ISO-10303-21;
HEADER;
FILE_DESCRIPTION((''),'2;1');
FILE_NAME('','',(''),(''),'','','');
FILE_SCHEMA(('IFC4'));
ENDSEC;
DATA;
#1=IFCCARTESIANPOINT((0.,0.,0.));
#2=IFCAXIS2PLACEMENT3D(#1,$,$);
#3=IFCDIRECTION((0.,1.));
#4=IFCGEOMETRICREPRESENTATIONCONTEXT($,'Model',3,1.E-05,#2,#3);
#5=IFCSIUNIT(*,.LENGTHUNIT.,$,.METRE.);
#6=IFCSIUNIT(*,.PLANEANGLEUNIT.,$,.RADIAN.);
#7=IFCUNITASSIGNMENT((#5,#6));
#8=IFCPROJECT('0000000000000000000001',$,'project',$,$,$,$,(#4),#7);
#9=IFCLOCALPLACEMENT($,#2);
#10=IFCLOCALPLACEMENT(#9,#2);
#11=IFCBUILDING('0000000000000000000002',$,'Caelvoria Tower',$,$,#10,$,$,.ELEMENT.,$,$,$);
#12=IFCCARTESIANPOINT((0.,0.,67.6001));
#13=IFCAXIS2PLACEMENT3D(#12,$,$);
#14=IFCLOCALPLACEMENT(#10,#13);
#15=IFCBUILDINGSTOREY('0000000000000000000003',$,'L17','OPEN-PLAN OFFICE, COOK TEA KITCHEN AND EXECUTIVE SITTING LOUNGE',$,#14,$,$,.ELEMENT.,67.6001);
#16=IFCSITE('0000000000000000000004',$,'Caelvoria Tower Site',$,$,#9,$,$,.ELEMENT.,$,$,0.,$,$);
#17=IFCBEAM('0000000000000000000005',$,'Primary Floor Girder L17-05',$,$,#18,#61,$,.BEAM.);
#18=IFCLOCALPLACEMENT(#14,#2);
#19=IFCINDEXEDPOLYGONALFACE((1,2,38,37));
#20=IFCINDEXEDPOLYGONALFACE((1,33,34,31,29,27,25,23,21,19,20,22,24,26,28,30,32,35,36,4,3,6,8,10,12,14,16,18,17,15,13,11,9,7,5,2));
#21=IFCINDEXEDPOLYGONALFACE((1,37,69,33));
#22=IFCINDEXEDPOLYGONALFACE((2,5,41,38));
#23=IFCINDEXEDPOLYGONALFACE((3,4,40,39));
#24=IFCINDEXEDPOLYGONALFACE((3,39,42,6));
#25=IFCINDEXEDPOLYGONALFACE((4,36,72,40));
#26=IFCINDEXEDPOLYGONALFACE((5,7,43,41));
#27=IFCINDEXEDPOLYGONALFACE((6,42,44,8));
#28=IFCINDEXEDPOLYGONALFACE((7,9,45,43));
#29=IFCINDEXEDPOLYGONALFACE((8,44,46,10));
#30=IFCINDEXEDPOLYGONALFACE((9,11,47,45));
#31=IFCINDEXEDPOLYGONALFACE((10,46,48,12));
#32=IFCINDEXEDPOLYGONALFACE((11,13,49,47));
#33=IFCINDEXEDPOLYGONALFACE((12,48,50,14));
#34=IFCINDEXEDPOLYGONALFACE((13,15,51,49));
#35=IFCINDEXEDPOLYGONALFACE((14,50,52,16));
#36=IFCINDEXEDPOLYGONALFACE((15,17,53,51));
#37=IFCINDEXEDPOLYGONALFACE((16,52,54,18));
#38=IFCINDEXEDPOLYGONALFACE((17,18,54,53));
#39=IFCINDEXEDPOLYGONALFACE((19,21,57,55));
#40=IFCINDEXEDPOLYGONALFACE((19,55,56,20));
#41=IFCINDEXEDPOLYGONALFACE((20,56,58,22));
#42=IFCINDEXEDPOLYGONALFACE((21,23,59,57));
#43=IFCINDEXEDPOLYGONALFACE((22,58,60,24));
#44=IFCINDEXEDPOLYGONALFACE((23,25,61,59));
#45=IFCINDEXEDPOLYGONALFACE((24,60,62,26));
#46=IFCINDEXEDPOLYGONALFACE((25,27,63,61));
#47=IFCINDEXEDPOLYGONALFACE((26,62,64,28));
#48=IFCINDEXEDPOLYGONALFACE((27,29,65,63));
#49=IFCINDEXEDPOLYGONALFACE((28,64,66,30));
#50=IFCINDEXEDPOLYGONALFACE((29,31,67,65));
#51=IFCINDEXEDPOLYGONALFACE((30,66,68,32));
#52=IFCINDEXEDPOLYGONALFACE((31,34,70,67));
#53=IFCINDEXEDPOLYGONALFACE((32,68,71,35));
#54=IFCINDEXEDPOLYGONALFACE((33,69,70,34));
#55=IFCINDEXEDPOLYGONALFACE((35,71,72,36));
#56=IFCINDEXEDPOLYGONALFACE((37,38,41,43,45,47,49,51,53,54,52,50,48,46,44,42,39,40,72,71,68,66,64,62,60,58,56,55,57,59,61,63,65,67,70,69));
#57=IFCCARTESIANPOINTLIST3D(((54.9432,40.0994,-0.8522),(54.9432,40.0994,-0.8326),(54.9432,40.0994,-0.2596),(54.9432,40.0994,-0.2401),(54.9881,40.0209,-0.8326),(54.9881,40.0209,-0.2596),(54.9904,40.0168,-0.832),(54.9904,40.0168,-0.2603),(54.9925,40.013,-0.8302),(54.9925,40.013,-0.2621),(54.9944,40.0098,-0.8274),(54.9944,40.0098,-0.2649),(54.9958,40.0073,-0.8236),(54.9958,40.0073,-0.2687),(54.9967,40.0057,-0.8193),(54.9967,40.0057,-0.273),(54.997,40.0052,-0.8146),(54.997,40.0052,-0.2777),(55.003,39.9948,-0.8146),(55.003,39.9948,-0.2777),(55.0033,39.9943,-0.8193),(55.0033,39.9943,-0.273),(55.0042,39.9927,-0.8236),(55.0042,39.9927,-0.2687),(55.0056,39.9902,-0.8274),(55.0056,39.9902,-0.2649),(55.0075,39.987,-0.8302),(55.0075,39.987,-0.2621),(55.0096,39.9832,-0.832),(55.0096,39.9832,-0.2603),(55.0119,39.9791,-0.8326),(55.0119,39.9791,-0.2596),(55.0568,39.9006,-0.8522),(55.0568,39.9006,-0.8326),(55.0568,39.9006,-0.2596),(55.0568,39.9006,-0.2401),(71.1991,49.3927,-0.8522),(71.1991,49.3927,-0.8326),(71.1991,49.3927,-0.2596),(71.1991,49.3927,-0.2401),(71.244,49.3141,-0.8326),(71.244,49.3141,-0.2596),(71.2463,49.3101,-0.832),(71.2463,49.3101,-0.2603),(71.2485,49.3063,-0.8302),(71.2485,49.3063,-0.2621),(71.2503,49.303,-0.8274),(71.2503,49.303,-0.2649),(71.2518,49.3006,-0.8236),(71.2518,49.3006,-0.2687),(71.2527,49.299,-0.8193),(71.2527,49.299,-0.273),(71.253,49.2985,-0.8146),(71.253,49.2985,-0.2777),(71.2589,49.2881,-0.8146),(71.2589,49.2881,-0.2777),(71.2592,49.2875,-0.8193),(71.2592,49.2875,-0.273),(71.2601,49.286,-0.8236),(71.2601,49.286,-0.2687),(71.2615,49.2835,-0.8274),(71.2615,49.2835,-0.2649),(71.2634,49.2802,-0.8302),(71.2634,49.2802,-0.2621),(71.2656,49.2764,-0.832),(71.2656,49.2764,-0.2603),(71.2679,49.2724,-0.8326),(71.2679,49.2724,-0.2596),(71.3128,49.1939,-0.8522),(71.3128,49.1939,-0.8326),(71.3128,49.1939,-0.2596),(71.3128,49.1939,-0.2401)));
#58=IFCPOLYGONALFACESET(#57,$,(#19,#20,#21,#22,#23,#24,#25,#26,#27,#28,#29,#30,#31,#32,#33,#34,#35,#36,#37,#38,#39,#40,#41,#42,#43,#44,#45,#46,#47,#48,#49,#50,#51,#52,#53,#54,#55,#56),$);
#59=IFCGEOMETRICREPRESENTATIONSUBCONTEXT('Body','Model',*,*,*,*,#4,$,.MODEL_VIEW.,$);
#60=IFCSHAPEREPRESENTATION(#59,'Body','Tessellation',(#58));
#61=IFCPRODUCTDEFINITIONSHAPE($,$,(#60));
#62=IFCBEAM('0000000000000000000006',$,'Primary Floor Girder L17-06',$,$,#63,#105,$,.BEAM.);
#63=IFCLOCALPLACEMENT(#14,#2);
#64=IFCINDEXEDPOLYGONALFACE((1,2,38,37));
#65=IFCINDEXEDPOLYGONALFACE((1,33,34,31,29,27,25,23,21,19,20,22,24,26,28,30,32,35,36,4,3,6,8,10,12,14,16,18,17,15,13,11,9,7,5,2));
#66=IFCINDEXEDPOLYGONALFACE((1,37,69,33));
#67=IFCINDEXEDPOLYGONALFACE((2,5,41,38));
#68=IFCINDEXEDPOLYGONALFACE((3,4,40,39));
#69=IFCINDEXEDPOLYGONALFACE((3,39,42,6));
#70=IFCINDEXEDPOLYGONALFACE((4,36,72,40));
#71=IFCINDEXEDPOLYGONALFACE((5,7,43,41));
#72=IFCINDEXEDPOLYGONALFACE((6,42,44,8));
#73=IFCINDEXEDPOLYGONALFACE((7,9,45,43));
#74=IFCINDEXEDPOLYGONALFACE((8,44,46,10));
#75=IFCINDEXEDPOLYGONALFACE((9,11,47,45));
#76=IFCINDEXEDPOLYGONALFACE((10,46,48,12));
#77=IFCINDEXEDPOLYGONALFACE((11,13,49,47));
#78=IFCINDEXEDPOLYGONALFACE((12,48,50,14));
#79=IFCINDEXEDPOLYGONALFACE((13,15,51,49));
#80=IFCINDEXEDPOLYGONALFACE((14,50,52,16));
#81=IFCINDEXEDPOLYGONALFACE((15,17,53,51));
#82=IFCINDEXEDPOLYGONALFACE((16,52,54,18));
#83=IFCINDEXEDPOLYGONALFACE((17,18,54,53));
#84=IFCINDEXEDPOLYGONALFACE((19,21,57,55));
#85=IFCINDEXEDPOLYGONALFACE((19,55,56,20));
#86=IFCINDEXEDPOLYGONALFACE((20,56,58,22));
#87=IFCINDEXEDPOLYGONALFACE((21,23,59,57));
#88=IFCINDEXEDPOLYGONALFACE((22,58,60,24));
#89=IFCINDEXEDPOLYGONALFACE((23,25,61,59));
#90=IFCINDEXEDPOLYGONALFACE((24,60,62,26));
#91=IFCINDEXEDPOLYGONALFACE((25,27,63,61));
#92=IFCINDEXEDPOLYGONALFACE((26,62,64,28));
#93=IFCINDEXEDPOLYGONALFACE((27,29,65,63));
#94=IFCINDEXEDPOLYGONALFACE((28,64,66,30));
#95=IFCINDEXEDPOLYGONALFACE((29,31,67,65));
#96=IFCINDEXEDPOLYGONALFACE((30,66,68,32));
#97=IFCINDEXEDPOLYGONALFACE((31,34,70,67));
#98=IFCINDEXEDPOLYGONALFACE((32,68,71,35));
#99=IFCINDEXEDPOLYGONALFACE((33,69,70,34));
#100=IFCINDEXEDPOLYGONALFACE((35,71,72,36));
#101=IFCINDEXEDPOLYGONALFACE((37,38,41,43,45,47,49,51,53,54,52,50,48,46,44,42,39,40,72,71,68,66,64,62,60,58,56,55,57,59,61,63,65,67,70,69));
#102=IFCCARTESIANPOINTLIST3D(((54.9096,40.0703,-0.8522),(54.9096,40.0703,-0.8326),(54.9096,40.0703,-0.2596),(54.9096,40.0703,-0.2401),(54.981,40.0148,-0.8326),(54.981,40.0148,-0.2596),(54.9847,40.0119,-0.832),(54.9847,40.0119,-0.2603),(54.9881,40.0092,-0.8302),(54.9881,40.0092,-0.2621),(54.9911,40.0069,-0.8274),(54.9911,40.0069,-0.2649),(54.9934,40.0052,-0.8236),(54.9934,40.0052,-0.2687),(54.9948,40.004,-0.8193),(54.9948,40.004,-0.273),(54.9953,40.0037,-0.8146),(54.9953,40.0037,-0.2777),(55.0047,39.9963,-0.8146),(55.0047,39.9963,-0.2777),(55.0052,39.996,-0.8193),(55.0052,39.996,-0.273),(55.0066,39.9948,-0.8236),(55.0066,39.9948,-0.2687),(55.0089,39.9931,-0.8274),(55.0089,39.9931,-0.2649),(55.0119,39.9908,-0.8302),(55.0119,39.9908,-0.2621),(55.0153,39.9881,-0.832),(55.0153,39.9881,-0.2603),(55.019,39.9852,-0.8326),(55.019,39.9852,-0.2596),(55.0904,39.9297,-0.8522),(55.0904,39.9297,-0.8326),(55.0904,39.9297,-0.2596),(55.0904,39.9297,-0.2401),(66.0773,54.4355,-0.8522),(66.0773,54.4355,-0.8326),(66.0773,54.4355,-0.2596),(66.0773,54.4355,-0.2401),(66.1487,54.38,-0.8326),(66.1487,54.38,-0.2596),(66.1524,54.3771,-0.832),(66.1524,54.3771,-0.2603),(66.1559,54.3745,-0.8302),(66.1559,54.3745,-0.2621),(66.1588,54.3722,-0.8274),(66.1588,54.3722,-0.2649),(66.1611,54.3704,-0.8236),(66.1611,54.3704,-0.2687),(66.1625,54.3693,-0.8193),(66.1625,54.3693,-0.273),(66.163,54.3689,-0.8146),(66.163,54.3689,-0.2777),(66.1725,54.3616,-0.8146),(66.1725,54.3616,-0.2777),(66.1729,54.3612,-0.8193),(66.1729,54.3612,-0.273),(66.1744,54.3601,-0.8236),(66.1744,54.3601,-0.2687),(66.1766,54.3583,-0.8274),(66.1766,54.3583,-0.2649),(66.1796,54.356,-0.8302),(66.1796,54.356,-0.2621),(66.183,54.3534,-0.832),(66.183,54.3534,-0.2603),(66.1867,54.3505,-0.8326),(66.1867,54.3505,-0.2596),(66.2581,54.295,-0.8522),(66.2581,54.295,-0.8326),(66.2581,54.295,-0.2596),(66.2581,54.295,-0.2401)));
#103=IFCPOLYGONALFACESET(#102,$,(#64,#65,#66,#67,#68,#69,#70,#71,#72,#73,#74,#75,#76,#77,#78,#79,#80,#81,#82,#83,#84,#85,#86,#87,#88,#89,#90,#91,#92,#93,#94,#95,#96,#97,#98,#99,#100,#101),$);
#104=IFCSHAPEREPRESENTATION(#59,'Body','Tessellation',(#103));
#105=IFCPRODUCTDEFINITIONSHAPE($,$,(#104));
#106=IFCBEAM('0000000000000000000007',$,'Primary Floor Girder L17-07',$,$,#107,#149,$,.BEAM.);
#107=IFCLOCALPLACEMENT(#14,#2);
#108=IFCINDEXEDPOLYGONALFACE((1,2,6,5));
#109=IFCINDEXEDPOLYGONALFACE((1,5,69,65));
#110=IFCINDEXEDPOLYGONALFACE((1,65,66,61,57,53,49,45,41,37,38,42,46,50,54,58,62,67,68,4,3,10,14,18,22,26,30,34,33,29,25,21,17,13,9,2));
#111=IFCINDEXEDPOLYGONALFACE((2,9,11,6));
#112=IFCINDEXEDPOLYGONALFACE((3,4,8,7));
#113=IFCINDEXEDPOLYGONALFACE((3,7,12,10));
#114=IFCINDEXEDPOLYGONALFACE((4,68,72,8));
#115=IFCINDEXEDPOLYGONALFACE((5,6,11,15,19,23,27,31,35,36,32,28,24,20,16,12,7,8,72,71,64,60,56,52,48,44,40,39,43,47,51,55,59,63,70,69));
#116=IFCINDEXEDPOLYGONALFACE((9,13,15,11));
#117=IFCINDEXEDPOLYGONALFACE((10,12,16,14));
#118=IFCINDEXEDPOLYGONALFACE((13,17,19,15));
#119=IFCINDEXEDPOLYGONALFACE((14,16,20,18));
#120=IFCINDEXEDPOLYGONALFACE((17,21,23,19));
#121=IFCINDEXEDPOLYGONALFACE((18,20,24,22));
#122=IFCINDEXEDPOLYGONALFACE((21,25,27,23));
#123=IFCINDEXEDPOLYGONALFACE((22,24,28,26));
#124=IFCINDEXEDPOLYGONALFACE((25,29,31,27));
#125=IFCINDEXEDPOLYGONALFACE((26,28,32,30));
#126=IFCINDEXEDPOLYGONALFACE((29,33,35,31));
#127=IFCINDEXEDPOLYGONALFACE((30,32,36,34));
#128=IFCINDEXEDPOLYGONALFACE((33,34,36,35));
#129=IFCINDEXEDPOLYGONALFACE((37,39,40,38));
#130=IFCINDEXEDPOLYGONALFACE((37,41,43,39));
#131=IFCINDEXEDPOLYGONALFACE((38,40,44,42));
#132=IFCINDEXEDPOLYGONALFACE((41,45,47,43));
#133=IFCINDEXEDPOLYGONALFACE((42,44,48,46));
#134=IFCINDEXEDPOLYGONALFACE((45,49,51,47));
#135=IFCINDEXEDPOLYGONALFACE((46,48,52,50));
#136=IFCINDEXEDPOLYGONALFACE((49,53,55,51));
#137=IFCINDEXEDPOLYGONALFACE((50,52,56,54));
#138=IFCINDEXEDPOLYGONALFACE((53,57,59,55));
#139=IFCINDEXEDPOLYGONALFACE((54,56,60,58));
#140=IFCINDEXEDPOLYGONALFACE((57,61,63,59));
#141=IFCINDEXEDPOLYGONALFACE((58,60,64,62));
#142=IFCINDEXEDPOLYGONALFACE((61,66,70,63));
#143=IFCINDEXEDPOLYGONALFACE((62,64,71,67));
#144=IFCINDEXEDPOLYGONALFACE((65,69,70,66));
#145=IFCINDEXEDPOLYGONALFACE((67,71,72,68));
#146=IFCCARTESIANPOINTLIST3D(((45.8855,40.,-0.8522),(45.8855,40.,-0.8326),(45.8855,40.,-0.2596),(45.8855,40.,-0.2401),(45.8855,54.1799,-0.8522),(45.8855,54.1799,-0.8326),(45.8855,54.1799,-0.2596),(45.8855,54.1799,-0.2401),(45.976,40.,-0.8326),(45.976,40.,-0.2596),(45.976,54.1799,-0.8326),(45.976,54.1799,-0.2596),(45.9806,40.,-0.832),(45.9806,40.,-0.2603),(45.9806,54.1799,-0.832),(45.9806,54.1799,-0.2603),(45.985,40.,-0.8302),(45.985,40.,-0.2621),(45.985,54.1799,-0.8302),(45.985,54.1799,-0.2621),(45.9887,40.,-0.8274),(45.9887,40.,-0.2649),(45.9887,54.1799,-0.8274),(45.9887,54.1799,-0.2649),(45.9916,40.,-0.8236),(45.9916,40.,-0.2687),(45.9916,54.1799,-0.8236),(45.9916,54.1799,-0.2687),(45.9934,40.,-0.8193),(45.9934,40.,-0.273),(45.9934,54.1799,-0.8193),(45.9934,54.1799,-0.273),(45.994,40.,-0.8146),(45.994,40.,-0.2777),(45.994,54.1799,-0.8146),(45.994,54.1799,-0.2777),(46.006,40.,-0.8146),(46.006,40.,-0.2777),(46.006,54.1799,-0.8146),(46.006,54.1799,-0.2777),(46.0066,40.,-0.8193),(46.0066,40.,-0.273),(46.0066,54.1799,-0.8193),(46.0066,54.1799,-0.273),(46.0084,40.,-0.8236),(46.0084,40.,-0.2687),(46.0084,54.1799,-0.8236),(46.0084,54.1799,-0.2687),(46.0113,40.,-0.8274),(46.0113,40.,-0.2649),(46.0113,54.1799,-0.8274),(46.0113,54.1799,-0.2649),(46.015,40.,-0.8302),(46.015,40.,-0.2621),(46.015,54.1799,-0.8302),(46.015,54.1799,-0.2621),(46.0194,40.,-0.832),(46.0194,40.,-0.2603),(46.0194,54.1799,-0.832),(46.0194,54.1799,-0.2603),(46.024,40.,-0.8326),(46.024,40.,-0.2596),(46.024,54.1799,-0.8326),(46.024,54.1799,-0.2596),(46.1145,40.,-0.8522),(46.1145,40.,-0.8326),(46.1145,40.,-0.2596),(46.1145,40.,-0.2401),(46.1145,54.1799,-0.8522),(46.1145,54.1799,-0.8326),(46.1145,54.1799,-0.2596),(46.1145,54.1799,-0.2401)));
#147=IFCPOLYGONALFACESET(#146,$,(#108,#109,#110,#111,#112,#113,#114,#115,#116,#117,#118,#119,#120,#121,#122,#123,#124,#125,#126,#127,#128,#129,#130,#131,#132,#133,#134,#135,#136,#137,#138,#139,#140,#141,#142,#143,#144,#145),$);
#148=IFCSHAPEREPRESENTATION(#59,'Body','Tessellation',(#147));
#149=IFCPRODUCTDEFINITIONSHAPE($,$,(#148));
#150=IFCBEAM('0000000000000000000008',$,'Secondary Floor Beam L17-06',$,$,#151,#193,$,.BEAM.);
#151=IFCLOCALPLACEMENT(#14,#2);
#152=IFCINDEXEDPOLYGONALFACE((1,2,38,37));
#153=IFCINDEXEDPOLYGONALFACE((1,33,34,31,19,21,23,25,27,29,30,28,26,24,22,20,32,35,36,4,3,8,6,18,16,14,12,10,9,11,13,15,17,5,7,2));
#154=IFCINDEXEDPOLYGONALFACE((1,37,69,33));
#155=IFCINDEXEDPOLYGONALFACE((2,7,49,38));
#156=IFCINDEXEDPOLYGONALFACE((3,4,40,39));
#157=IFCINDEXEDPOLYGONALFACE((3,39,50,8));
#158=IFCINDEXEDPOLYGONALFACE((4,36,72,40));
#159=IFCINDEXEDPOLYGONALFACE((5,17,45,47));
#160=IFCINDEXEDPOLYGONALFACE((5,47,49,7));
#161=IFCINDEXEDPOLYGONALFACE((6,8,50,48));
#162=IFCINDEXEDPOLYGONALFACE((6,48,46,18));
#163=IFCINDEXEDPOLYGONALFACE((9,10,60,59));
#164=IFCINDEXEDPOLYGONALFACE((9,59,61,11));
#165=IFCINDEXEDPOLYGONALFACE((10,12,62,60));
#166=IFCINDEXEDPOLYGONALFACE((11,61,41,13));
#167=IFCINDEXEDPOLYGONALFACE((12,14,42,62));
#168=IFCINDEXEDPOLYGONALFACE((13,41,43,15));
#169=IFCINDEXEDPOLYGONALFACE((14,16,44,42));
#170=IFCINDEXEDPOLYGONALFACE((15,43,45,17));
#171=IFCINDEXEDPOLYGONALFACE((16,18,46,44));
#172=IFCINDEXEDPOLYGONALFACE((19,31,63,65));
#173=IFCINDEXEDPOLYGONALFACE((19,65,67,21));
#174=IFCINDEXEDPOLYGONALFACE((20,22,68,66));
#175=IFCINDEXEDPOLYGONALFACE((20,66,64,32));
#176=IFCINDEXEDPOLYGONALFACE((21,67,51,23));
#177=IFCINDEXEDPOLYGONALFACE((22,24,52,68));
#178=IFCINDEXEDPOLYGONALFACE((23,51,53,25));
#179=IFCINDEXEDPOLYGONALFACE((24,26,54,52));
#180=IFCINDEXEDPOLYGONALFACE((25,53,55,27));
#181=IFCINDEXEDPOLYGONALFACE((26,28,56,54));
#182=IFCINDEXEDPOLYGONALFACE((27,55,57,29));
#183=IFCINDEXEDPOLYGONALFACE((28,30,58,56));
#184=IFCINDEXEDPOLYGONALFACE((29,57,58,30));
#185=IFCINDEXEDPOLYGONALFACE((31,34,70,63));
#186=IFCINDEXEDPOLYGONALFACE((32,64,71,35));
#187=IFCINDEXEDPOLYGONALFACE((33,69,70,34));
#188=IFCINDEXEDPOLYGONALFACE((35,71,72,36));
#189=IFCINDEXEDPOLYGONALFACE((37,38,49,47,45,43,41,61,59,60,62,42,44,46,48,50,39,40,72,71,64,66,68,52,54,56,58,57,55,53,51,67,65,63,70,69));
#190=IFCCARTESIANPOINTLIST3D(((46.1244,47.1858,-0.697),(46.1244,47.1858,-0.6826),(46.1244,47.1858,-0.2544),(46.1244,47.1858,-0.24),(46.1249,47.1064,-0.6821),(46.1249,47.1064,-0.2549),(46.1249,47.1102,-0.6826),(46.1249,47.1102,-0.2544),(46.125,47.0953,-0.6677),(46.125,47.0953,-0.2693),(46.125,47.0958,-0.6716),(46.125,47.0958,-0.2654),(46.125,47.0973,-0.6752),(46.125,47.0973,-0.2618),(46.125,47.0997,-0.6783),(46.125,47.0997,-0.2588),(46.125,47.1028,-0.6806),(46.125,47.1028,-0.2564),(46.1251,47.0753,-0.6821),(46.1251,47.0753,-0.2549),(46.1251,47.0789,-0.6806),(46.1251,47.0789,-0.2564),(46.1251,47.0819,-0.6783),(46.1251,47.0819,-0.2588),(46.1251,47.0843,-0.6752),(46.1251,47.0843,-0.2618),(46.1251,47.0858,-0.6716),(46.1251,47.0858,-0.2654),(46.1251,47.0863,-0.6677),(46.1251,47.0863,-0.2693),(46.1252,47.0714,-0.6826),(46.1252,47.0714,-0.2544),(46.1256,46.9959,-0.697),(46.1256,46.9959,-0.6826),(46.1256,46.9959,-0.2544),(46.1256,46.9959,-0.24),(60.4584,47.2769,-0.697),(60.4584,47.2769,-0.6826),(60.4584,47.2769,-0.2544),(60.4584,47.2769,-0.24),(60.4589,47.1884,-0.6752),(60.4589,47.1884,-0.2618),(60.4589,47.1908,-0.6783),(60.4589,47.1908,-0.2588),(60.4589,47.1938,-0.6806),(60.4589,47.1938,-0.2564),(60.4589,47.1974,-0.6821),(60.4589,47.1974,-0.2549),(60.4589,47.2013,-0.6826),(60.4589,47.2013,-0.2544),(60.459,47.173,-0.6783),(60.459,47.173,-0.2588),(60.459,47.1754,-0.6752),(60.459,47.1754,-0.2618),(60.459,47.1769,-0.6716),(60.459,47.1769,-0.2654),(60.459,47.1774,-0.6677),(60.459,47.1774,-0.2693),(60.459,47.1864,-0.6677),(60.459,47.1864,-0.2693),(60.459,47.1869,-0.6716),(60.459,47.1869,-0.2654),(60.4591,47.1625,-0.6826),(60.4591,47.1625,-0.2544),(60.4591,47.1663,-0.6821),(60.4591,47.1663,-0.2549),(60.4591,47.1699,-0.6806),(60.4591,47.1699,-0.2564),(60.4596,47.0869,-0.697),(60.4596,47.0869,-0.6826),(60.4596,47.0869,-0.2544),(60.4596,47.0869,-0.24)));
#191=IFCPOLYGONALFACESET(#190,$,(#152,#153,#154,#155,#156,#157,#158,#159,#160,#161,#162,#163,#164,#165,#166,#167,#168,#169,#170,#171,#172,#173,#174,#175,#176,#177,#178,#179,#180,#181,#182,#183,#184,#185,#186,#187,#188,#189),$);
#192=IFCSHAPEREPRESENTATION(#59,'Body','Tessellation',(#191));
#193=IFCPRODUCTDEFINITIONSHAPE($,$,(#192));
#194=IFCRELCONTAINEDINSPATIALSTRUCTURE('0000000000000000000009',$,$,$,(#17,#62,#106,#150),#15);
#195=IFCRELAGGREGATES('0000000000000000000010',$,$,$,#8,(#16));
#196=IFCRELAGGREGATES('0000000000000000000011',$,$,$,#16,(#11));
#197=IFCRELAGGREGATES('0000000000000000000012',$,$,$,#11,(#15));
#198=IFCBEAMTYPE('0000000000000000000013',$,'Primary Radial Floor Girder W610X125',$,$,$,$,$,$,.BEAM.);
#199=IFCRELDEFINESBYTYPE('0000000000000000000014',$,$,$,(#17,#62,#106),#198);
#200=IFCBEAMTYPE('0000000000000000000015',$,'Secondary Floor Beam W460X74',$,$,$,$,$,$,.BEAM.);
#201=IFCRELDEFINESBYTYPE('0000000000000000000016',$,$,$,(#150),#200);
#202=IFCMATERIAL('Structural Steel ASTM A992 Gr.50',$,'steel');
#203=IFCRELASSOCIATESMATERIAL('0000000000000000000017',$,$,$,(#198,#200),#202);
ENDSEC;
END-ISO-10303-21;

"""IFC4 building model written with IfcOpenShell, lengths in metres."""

from ifc_helpers import new_model, si_unit, direction, frame, origin, origin_2d, place, context, subcontext, project, spatial, i_section, extrude, material, material_profile, profile_set, type_object, element, save


model = new_model("IFC4")

# Units and contexts
model_context = context("Model", 3, precision=1e-05, world=origin(), true_north=direction((0.0, 1.0)))
body_context = subcontext(model_context, "Body", "Model", "MODEL_VIEW")
ifc_project = project(units=[si_unit("LENGTHUNIT", "METRE"), si_unit("PLANEANGLEUNIT", "RADIAN")], contexts=[model_context])

# Site, building, storey
site_placement = place(None, origin())
site = spatial("IfcSite", under=ifc_project, at=site_placement, Name="Caelvoria Tower Site", CompositionType="ELEMENT", RefElevation=0.0)
building_placement = place(site_placement, origin())
building = spatial("IfcBuilding", under=site, at=building_placement, Name="Caelvoria Tower", CompositionType="ELEMENT")
storey_placement = place(building_placement, frame((0.0, 0.0, 67.6001)))
storey = spatial("IfcBuildingStorey", under=building, at=storey_placement, Name="L17", Description="OPEN-PLAN OFFICE, COOK TEA KITCHEN AND EXECUTIVE SITTING LOUNGE", CompositionType="ELEMENT", Elevation=67.6001)

# Beams
ifc_material_1 = material(Name="Structural Steel ASTM A992 Gr.50", Category="steel")
ifc_material_profile_1 = material_profile(ifc_material_1, i_section(OverallWidth=0.229, OverallDepth=0.6121, WebThickness=0.012, FlangeThickness=0.0195, FilletRadius=0.0181, at=origin_2d()), Name="Structural Steel ASTM A992 Gr.50")
ifc_profile_set_1 = profile_set([ifc_material_profile_1], Name="W610X125 - Structural Steel ASTM A992 Gr.50")
beam_type_1 = type_object("IfcBeamType", Name="Primary Radial Floor Girder W610X125", PredefinedType="BEAM", material=ifc_profile_set_1)
beam_1_placement = place(storey_placement, frame((55.0, 40.0, -0.5461), z_axis=(0.868148, 0.496306, 0.0), x_axis=(-0.496306, 0.868148, 0.0)))
element("IfcBeam", 1, at=beam_1_placement, inside=storey, type_object=beam_type_1, Name="Primary Floor Girder L17-05", PredefinedType="BEAM", context=body_context, shape_type="SweptSolid", body=[
    extrude(i_section(OverallWidth=0.229, OverallDepth=0.6121, WebThickness=0.012, FlangeThickness=0.0195, FilletRadius=0.0181, at=origin_2d()), origin(), (0.0, 0.0, 1.0), 18.7249),
])
beam_2_placement = place(storey_placement, frame((55.0, 40.0, -0.5461), z_axis=(0.613761, 0.789492, 0.0), x_axis=(-0.789492, 0.613761, 0.0)))
element("IfcBeam", 2, at=beam_2_placement, inside=storey, type_object=beam_type_1, Name="Primary Floor Girder L17-06", PredefinedType="BEAM", context=body_context, shape_type="SweptSolid", body=[
    extrude(i_section(OverallWidth=0.229, OverallDepth=0.6121, WebThickness=0.012, FlangeThickness=0.0195, FilletRadius=0.0181, at=origin_2d()), origin(), (0.0, 0.0, 1.0), 18.1956),
])
beam_3_placement = place(storey_placement, frame((46.0, 40.0, -0.5461), z_axis=(0.0, 1.0, 0.0), x_axis=(-1.0, 0.0, 0.0)))
element("IfcBeam", 3, at=beam_3_placement, inside=storey, type_object=beam_type_1, Name="Primary Floor Girder L17-07", PredefinedType="BEAM", context=body_context, shape_type="SweptSolid", body=[
    extrude(i_section(OverallWidth=0.229, OverallDepth=0.6121, WebThickness=0.012, FlangeThickness=0.0195, FilletRadius=0.0181, at=origin_2d()), origin(), (0.0, 0.0, 1.0), 14.1799),
])
ifc_material_profile_2 = material_profile(ifc_material_1, i_section(OverallWidth=0.1899, OverallDepth=0.457, WebThickness=0.009, FlangeThickness=0.0144, FilletRadius=0.0149, at=origin_2d()), Name="Structural Steel ASTM A992 Gr.50")
ifc_profile_set_2 = profile_set([ifc_material_profile_2], Name="W460X74 - Structural Steel ASTM A992 Gr.50")
beam_type_2 = type_object("IfcBeamType", Name="Secondary Floor Beam W460X74", PredefinedType="BEAM", material=ifc_profile_set_2)
for number, where, z_axis, x_axis, name in (
    (4, (60.459, 47.1819, -0.4685), (-0.99998, -0.006353, 0.0), (0.006353, -0.99998, 0.0), "Secondary Floor Beam L17-06"),
):
    element("IfcBeam", number, at=place(storey_placement, frame(where, z_axis=z_axis, x_axis=x_axis)), inside=storey, type_object=beam_type_2, Name=name, PredefinedType="BEAM", context=body_context, shape_type="SweptSolid", body=[
        extrude(i_section(OverallWidth=0.1899, OverallDepth=0.457, WebThickness=0.009, FlangeThickness=0.0144, FilletRadius=0.0149, at=origin_2d()), origin(), (0.0, 0.0, 1.0), 14.3342),
    ])

save(model, "model.ifc")
